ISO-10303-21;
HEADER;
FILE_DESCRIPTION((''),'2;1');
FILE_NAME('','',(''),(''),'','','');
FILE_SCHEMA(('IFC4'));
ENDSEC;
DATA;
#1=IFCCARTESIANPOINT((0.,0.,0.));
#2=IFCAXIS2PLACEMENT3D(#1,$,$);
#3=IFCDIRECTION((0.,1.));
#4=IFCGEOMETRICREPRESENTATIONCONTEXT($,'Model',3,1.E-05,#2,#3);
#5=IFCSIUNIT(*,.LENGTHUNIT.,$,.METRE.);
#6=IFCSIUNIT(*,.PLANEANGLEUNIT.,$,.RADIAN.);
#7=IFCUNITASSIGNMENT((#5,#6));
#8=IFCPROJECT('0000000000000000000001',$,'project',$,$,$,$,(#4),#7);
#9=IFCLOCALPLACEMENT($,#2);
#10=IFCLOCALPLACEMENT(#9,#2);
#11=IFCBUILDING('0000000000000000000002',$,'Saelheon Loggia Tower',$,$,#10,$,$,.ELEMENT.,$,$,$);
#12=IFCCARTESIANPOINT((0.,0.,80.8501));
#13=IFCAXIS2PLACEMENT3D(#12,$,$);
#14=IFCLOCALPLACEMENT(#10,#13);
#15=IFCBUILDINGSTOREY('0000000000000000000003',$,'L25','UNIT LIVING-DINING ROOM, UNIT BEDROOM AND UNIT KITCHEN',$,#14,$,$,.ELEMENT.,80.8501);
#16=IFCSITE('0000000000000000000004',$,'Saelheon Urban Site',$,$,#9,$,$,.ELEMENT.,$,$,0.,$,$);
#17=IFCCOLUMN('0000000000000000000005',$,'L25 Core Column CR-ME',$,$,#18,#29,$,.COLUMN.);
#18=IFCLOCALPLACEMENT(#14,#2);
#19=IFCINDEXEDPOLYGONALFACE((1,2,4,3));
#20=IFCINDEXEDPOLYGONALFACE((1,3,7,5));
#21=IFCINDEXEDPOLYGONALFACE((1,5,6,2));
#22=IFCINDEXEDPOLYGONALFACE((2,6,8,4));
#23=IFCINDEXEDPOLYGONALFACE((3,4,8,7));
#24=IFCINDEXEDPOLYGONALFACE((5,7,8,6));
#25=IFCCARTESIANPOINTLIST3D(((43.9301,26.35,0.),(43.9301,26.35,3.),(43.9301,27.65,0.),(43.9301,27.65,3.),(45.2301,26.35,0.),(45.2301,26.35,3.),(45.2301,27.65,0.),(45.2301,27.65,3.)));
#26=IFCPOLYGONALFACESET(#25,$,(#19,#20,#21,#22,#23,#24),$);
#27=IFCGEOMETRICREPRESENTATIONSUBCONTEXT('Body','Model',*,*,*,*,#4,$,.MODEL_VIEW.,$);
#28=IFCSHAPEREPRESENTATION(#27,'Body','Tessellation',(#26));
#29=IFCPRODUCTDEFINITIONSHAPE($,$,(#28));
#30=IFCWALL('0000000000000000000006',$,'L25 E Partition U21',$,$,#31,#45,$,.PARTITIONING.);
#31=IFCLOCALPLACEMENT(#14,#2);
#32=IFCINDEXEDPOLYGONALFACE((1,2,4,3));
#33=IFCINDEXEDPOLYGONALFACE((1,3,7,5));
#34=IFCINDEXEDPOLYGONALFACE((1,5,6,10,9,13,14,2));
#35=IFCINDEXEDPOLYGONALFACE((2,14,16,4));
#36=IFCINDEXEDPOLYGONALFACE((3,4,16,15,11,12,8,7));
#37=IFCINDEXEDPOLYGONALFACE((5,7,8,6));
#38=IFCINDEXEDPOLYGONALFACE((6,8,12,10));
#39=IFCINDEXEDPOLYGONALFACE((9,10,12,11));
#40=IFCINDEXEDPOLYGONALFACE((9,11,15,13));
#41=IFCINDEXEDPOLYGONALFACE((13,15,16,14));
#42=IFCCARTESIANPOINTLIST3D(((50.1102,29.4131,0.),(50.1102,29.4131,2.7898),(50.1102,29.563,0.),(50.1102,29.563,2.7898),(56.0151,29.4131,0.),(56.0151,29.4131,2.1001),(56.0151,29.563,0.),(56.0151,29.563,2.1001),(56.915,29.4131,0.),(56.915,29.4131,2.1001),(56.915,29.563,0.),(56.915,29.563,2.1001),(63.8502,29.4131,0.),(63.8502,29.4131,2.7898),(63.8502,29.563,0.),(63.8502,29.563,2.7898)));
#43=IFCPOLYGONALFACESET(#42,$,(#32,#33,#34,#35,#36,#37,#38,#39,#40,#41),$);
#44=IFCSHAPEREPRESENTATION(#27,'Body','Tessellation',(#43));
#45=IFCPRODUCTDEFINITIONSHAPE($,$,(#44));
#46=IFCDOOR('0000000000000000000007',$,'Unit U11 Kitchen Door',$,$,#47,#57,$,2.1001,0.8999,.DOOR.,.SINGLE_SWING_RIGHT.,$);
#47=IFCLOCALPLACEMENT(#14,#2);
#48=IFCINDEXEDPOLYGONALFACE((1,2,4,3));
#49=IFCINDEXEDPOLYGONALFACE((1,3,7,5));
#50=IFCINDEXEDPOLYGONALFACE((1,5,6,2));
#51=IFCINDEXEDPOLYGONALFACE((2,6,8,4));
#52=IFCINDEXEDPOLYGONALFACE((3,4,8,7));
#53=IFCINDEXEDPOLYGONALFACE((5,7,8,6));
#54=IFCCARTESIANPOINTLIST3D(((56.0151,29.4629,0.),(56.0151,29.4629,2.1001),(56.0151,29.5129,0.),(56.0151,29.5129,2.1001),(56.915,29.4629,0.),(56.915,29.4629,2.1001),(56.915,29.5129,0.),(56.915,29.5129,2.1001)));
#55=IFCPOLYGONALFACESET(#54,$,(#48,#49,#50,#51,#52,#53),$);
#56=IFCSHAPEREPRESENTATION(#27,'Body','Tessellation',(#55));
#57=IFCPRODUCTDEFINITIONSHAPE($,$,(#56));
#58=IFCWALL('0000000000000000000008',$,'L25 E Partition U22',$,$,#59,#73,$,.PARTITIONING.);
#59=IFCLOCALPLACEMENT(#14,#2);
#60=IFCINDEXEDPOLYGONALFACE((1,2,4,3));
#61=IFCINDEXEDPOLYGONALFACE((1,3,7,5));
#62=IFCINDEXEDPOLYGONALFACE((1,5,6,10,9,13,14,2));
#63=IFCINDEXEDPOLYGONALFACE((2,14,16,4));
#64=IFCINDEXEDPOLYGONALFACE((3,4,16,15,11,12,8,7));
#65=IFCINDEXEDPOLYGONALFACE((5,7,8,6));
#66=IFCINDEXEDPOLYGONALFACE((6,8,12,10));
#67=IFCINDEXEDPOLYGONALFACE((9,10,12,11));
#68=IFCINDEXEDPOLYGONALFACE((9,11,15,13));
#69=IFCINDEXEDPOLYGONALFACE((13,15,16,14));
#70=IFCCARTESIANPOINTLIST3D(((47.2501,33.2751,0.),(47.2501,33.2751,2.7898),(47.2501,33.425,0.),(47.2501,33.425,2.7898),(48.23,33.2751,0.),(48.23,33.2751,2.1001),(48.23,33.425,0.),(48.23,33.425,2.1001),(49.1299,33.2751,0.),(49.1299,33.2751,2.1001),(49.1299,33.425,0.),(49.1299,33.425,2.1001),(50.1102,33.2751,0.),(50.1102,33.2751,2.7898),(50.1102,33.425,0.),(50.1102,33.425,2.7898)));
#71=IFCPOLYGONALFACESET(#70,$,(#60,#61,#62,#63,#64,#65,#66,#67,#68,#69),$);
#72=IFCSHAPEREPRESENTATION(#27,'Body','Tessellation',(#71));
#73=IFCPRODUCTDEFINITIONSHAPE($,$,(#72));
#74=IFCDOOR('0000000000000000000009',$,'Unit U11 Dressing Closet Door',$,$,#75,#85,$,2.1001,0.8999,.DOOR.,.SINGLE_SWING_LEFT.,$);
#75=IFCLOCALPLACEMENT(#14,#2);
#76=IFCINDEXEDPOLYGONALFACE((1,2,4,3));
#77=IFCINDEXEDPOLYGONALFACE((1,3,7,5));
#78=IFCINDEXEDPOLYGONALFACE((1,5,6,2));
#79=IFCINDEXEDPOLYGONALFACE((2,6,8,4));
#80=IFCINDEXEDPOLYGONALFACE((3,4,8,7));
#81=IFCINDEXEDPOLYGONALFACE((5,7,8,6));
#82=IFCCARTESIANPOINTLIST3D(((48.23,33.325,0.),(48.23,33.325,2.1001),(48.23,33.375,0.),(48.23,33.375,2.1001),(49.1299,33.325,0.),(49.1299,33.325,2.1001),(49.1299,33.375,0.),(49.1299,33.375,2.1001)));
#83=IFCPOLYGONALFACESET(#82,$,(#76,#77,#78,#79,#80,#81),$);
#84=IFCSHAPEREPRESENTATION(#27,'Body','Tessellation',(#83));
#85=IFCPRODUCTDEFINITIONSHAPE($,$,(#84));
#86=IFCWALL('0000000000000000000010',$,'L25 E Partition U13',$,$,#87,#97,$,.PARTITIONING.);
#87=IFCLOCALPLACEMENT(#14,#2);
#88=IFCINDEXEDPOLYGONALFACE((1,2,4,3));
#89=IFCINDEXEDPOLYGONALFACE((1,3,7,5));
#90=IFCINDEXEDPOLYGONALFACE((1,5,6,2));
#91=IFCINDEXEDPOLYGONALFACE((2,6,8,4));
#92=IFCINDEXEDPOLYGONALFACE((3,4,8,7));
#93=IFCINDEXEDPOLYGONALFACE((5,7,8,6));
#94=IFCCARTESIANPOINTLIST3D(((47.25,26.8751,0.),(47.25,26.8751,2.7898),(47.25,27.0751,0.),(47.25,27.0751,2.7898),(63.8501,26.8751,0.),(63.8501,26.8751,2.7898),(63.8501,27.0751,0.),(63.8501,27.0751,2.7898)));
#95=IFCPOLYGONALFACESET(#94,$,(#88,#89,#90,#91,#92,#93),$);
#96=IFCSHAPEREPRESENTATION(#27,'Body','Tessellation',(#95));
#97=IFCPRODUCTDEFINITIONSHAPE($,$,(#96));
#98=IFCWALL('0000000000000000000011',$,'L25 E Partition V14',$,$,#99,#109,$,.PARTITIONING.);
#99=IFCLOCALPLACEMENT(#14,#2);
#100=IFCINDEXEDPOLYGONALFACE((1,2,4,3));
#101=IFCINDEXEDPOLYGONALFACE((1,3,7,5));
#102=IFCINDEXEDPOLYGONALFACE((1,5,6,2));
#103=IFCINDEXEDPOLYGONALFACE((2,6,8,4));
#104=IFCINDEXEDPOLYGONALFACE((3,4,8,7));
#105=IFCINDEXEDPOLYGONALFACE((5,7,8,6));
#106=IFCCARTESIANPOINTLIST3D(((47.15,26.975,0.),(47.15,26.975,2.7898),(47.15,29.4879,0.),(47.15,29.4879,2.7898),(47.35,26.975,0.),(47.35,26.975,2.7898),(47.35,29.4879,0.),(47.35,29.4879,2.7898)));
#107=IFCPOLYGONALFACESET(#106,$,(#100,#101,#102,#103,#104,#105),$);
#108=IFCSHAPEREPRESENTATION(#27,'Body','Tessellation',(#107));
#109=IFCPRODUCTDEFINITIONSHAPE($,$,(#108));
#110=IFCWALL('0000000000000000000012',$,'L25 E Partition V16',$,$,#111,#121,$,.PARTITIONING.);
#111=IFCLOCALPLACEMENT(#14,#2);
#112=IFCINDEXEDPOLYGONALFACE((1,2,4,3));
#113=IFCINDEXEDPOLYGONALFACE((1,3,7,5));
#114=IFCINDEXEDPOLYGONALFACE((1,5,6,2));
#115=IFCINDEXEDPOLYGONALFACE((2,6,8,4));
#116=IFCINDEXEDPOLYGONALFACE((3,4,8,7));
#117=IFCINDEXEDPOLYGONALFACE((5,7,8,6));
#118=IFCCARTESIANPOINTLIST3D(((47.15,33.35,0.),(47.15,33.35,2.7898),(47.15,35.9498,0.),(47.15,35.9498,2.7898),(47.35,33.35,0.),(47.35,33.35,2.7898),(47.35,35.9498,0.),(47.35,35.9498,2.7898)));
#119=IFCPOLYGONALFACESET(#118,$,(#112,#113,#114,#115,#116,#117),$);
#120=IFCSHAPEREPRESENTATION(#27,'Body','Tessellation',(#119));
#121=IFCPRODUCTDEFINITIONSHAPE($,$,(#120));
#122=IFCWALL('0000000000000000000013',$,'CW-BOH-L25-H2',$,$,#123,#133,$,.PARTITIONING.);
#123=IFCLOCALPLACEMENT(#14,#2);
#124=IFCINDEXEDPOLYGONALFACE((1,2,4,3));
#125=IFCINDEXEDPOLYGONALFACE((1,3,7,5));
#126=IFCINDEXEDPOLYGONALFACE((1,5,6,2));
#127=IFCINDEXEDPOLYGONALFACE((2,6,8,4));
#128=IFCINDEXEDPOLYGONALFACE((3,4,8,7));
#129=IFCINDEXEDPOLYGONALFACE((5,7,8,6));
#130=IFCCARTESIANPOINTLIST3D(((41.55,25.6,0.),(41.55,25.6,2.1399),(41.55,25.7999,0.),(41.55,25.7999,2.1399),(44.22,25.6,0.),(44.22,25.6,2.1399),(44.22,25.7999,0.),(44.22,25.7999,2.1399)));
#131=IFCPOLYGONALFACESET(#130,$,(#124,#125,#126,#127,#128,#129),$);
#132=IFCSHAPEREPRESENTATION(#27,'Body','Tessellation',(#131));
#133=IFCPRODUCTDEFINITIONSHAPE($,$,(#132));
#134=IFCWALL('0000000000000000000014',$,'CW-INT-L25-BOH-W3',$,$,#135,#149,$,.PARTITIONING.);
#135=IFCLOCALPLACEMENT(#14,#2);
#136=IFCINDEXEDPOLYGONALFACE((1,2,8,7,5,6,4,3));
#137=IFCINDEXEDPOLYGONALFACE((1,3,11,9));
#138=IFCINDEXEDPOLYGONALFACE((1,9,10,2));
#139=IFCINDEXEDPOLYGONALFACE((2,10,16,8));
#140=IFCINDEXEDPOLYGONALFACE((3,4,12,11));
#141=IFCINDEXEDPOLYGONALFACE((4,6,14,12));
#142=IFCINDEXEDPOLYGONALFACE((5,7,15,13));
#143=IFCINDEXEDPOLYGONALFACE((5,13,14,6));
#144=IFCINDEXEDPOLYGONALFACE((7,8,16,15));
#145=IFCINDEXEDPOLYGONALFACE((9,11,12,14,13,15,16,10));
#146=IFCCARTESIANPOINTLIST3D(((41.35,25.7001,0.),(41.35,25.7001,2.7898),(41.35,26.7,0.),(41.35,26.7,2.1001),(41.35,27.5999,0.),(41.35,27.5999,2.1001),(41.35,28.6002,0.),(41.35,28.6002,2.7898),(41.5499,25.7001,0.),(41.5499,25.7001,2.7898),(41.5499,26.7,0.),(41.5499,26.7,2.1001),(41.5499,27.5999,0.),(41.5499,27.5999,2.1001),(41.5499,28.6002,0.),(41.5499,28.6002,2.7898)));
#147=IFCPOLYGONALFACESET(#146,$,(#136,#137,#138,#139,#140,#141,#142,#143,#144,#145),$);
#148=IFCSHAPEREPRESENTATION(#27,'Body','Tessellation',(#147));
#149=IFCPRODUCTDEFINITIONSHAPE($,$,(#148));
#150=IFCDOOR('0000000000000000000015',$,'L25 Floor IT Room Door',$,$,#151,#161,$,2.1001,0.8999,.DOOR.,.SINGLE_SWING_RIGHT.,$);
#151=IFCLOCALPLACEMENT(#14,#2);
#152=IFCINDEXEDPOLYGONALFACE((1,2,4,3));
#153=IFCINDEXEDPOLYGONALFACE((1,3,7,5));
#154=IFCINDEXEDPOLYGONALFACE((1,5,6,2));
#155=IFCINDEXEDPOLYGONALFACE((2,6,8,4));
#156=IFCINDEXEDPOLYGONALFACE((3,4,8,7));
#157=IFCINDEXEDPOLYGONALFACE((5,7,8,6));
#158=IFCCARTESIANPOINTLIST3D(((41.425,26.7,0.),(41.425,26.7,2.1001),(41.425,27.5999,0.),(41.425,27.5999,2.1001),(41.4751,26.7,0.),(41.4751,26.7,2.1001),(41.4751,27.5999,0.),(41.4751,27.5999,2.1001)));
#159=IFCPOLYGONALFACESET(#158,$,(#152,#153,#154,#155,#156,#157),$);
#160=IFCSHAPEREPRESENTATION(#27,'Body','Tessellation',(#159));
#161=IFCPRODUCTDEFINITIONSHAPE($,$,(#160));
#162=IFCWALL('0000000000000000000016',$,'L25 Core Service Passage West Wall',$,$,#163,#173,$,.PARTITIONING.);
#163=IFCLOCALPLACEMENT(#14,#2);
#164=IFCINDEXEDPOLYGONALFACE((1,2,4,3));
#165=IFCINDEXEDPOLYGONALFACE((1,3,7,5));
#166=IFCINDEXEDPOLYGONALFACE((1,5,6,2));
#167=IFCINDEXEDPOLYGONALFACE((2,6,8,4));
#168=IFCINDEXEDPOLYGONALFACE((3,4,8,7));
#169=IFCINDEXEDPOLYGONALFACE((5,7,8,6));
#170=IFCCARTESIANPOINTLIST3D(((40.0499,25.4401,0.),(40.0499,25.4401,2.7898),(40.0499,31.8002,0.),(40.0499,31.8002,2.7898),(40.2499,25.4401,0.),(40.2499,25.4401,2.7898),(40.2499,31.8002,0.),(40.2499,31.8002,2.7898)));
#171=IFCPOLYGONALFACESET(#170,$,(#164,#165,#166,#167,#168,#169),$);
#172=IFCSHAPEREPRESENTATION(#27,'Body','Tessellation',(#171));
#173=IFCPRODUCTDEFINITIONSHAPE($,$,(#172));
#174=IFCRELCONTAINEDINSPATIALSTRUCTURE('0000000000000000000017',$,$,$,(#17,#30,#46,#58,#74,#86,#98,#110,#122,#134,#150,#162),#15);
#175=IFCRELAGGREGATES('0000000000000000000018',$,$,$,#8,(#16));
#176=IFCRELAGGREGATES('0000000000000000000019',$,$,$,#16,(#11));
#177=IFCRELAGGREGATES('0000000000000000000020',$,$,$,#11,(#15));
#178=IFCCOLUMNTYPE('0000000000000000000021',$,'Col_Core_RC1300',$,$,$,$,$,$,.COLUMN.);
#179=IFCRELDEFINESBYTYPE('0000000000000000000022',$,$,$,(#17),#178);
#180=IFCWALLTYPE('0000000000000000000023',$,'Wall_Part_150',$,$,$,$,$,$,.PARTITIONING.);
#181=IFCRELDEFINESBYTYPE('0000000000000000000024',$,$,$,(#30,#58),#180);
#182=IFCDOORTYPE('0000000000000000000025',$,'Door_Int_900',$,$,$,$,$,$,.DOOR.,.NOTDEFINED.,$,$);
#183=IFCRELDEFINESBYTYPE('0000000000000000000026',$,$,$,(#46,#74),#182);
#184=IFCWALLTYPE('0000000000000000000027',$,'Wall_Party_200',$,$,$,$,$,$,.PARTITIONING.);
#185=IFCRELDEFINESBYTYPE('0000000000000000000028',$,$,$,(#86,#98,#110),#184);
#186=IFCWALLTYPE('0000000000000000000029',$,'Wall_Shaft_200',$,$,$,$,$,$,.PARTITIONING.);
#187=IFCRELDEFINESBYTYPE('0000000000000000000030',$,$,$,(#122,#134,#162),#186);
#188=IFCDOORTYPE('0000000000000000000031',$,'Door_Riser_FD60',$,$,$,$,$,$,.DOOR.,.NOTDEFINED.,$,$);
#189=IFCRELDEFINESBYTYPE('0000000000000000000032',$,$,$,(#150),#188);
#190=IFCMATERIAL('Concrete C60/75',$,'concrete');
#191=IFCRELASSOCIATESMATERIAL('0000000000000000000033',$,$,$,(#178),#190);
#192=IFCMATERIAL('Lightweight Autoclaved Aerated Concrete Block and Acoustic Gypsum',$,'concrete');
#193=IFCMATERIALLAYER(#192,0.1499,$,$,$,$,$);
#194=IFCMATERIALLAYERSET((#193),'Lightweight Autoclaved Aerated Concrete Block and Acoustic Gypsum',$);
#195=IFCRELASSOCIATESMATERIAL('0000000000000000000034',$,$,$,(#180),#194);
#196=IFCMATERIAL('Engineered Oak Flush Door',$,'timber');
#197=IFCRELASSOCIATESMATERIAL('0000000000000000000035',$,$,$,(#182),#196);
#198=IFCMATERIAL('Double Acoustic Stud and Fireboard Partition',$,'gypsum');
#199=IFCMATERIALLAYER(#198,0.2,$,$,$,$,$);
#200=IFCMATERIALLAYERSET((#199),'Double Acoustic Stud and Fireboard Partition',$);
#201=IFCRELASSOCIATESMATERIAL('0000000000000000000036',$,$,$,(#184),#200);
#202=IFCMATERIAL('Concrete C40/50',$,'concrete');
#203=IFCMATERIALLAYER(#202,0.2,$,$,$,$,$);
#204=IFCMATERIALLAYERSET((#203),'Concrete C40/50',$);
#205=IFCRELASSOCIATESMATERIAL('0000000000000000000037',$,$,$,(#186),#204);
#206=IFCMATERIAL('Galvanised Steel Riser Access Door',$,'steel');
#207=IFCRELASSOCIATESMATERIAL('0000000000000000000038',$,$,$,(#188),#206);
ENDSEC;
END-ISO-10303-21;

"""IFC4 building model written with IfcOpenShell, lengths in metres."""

from ifc_helpers import new_model, si_unit, direction, frame, frame_2d, origin, origin_2d, place, context, subcontext, project, spatial, rectangle, extrude, source, transform, mapped, material, layer, layer_set, material_profile, profile_set, type_object, element, fill, save


model = new_model("IFC4")

# Units and contexts
model_context = context("Model", 3, precision=1e-05, world=origin(), true_north=direction((0.0, 1.0)))
body_context = subcontext(model_context, "Body", "Model", "MODEL_VIEW")
ifc_project = project(units=[si_unit("LENGTHUNIT", "METRE"), si_unit("PLANEANGLEUNIT", "RADIAN")], contexts=[model_context])

# Site, building, storey
site_placement = place(None, origin())
site = spatial("IfcSite", under=ifc_project, at=site_placement, Name="Saelheon Urban Site", CompositionType="ELEMENT", RefElevation=0.0)
building_placement = place(site_placement, origin())
building = spatial("IfcBuilding", under=site, at=building_placement, Name="Saelheon Loggia Tower", CompositionType="ELEMENT")
storey_placement = place(building_placement, frame((0.0, 0.0, 80.8501)))
storey = spatial("IfcBuildingStorey", under=building, at=storey_placement, Name="L25", Description="UNIT LIVING-DINING ROOM, UNIT BEDROOM AND UNIT KITCHEN", CompositionType="ELEMENT", Elevation=80.8501)

# Column
ifc_material_1 = material(Name="Concrete C60/75", Category="concrete")
ifc_material_profile = material_profile(ifc_material_1, rectangle(XDim=1.3, YDim=1.3, at=origin_2d()), Name="RC-1300x1300")
ifc_profile_set = profile_set([ifc_material_profile], Name="Concrete C60/75")
column_type = type_object("IfcColumnType", Name="Col_Core_RC1300", PredefinedType="COLUMN", material=ifc_profile_set)
shared_shape_1 = source(origin(), body_context, "Body", "SweptSolid", [
    extrude(rectangle(XDim=1.3, YDim=1.3, at=origin_2d()), origin(), (0.0, 0.0, 1.0), 3.0),
])
column_placement = place(storey_placement, frame((44.5801, 27.0, 0.0), z_axis=(0.0, 0.0, 1.0), x_axis=(1.0, 0.0, 0.0)))
element("IfcColumn", 1, at=column_placement, inside=storey, type_object=column_type, Name="L25 Core Column CR-ME", PredefinedType="COLUMN", context=body_context, shape_type="MappedRepresentation", body=[
    mapped(shared_shape_1, transform((0.0, 0.0, 0.0), scale=1.0)),
])

# Walls, openings, doors
ifc_material_2 = material(Name="Lightweight Autoclaved Aerated Concrete Block and Acoustic Gypsum", Category="concrete")
ifc_layer_1 = layer(ifc_material_2, 0.1499)
ifc_layer_set_1 = layer_set([ifc_layer_1], Name="Lightweight Autoclaved Aerated Concrete Block and Acoustic Gypsum")
wall_type_1 = type_object("IfcWallType", Name="Wall_Part_150", PredefinedType="PARTITIONING", material=ifc_layer_set_1)
wall_1_placement = place(storey_placement, frame((50.1101, 29.488, 0.0), z_axis=(0.0, 0.0, 1.0), x_axis=(1.0, 0.0, 0.0)))
wall_1 = element("IfcWall", 2, at=wall_1_placement, inside=storey, type_object=wall_type_1, Name="L25 E Partition U21", PredefinedType="PARTITIONING", context=body_context, shape_type="SweptSolid", body=[
    extrude(rectangle(XDim=13.74, YDim=0.1499, at=frame_2d((6.8701, 0.0))), origin(), (0.0, 0.0, 1.0), 2.7898),
])
opening_1_placement = place(wall_1_placement, frame((5.905, 0.0, 0.0)))
opening_1 = element("IfcOpeningElement", 3, at=opening_1_placement, cuts=wall_1, PredefinedType="OPENING", context=body_context, shape_type="SweptSolid", body=[
    extrude(rectangle(XDim=0.8999, YDim=2.1001, at=frame_2d((0.45, 1.05))), frame((0.0, 0.0869, 0.0), z_axis=(0.0, -1.0, 0.0), x_axis=(1.0, 0.0, 0.0)), (0.0, 0.0, 1.0), 0.1738),
])
ifc_material_3 = material(Name="Engineered Oak Flush Door", Category="timber")
door_type_1 = type_object("IfcDoorType", Name="Door_Int_900", OperationType="NOTDEFINED", PredefinedType="DOOR", material=ifc_material_3)
shared_shape_2 = source(origin(), body_context, "Body", "SweptSolid", [
    extrude(rectangle(XDim=0.8999, YDim=2.1001, at=frame_2d((0.45, 1.05))), frame((0.0, 0.0249, 0.0), z_axis=(0.0, -1.0, 0.0), x_axis=(1.0, 0.0, 0.0)), (0.0, 0.0, 1.0), 0.05),
])
door_1_placement = place(opening_1_placement, origin())
door_1 = element("IfcDoor", 4, at=door_1_placement, inside=storey, type_object=door_type_1, Name="Unit U11 Kitchen Door", OperationType="SINGLE_SWING_RIGHT", OverallHeight=2.1001, OverallWidth=0.8999, PredefinedType="DOOR", context=body_context, shape_type="MappedRepresentation", body=[
    mapped(shared_shape_2, transform((0.0, 0.0, 0.0), scale=1.0)),
])
fill(opening_1, door_1)
wall_2_placement = place(storey_placement, frame((47.25, 33.3501, 0.0), z_axis=(0.0, 0.0, 1.0), x_axis=(1.0, 0.0, 0.0)))
wall_2 = element("IfcWall", 5, at=wall_2_placement, inside=storey, type_object=wall_type_1, Name="L25 E Partition U22", PredefinedType="PARTITIONING", context=body_context, shape_type="SweptSolid", body=[
    extrude(rectangle(XDim=2.8601, YDim=0.1499, at=frame_2d((1.4302, 0.0))), origin(), (0.0, 0.0, 1.0), 2.7898),
])
opening_2_placement = place(wall_2_placement, frame((0.98, 0.0, 0.0)))
opening_2 = element("IfcOpeningElement", 6, at=opening_2_placement, cuts=wall_2, PredefinedType="OPENING", context=body_context, shape_type="SweptSolid", body=[
    extrude(rectangle(XDim=0.8999, YDim=2.1001, at=frame_2d((0.45, 1.05))), frame((0.0, 0.0869, 0.0), z_axis=(0.0, -1.0, 0.0), x_axis=(1.0, 0.0, 0.0)), (0.0, 0.0, 1.0), 0.1738),
])
door_2_placement = place(opening_2_placement, origin())
door_2 = element("IfcDoor", 7, at=door_2_placement, inside=storey, type_object=door_type_1, Name="Unit U11 Dressing Closet Door", OperationType="SINGLE_SWING_LEFT", OverallHeight=2.1001, OverallWidth=0.8999, PredefinedType="DOOR", context=body_context, shape_type="MappedRepresentation", body=[
    mapped(shared_shape_2, transform((0.0, 0.0, 0.0), scale=1.0)),
])
fill(opening_2, door_2)

# Walls
ifc_material_4 = material(Name="Double Acoustic Stud and Fireboard Partition", Category="gypsum")
ifc_layer_2 = layer(ifc_material_4, 0.2)
ifc_layer_set_2 = layer_set([ifc_layer_2], Name="Double Acoustic Stud and Fireboard Partition")
wall_type_2 = type_object("IfcWallType", Name="Wall_Party_200", PredefinedType="PARTITIONING", material=ifc_layer_set_2)
wall_3_placement = place(storey_placement, frame((47.25, 26.9751, 0.0), z_axis=(0.0, 0.0, 1.0), x_axis=(1.0, 0.0, 0.0)))
element("IfcWall", 8, at=wall_3_placement, inside=storey, type_object=wall_type_2, Name="L25 E Partition U13", PredefinedType="PARTITIONING", context=body_context, shape_type="SweptSolid", body=[
    extrude(rectangle(XDim=16.6001, YDim=0.2, at=frame_2d((8.3, 0.0))), origin(), (0.0, 0.0, 1.0), 2.7898),
])
wall_4_placement = place(storey_placement, frame((47.25, 26.9751, 0.0), z_axis=(0.0, 0.0, 1.0), x_axis=(0.0, 1.0, 0.0)))
element("IfcWall", 9, at=wall_4_placement, inside=storey, type_object=wall_type_2, Name="L25 E Partition V14", PredefinedType="PARTITIONING", context=body_context, shape_type="SweptSolid", body=[
    extrude(rectangle(XDim=2.5129, YDim=0.2, at=frame_2d((1.2563, 0.0))), origin(), (0.0, 0.0, 1.0), 2.7898),
])

# Walls
wall_5_placement = place(storey_placement, frame((47.25, 33.3501, 0.0), z_axis=(0.0, 0.0, 1.0), x_axis=(0.0, 1.0, 0.0)))
element("IfcWall", 10, at=wall_5_placement, inside=storey, type_object=wall_type_2, Name="L25 E Partition V16", PredefinedType="PARTITIONING", context=body_context, shape_type="SweptSolid", body=[
    extrude(rectangle(XDim=2.5999, YDim=0.2, at=frame_2d((1.2998, 0.0))), origin(), (0.0, 0.0, 1.0), 2.7898),
])
ifc_material_5 = material(Name="Concrete C40/50", Category="concrete")
ifc_layer_3 = layer(ifc_material_5, 0.2)
ifc_layer_set_3 = layer_set([ifc_layer_3], Name="Concrete C40/50")
wall_type_3 = type_object("IfcWallType", Name="Wall_Shaft_200", PredefinedType="PARTITIONING", material=ifc_layer_set_3)
wall_6_placement = place(storey_placement, frame((41.55, 25.7, 0.0), z_axis=(0.0, 0.0, 1.0), x_axis=(1.0, 0.0, 0.0)))
element("IfcWall", 11, at=wall_6_placement, inside=storey, type_object=wall_type_3, Name="CW-BOH-L25-H2", PredefinedType="PARTITIONING", context=body_context, shape_type="SweptSolid", body=[
    extrude(rectangle(XDim=2.6699, YDim=0.2, at=frame_2d((1.335, 0.0))), origin(), (0.0, 0.0, 1.0), 2.1399),
])

# Wall, opening, door
wall_7_placement = place(storey_placement, frame((41.45, 25.7, 0.0), z_axis=(0.0, 0.0, 1.0), x_axis=(0.0, 1.0, 0.0)))
wall_7 = element("IfcWall", 12, at=wall_7_placement, inside=storey, type_object=wall_type_3, Name="CW-INT-L25-BOH-W3", PredefinedType="PARTITIONING", context=body_context, shape_type="SweptSolid", body=[
    extrude(rectangle(XDim=2.9001, YDim=0.2, at=frame_2d((1.4502, 0.0))), origin(), (0.0, 0.0, 1.0), 2.7898),
])
opening_3_placement = place(wall_7_placement, frame((1.0, 0.0, 0.0)))
opening_3 = element("IfcOpeningElement", 13, at=opening_3_placement, cuts=wall_7, PredefinedType="OPENING", context=body_context, shape_type="SweptSolid", body=[
    extrude(rectangle(XDim=0.8999, YDim=2.1001, at=frame_2d((0.45, 1.05))), frame((0.0, 0.1121, 0.0), z_axis=(0.0, -1.0, 0.0), x_axis=(1.0, 0.0, 0.0)), (0.0, 0.0, 1.0), 0.2239),
])
ifc_material_6 = material(Name="Galvanised Steel Riser Access Door", Category="steel")
door_type_2 = type_object("IfcDoorType", Name="Door_Riser_FD60", OperationType="NOTDEFINED", PredefinedType="DOOR", material=ifc_material_6)
door_3_placement = place(opening_3_placement, origin())
door_3 = element("IfcDoor", 14, at=door_3_placement, inside=storey, type_object=door_type_2, Name="L25 Floor IT Room Door", OperationType="SINGLE_SWING_RIGHT", OverallHeight=2.1001, OverallWidth=0.8999, PredefinedType="DOOR", context=body_context, shape_type="MappedRepresentation", body=[
    mapped(shared_shape_2, transform((0.0, 0.0, 0.0), scale=1.0)),
])
fill(opening_3, door_3)

# Wall
wall_8_placement = place(storey_placement, frame((40.1499, 25.4399, 0.0), z_axis=(0.0, 0.0, 1.0), x_axis=(0.0, 1.0, 0.0)))
element("IfcWall", 15, at=wall_8_placement, inside=storey, type_object=wall_type_3, Name="L25 Core Service Passage West Wall", PredefinedType="PARTITIONING", context=body_context, shape_type="SweptSolid", body=[
    extrude(rectangle(XDim=6.3601, YDim=0.2, at=frame_2d((3.1802, 0.0))), origin(), (0.0, 0.0, 1.0), 2.7898),
])

save(model, "model.ifc")
